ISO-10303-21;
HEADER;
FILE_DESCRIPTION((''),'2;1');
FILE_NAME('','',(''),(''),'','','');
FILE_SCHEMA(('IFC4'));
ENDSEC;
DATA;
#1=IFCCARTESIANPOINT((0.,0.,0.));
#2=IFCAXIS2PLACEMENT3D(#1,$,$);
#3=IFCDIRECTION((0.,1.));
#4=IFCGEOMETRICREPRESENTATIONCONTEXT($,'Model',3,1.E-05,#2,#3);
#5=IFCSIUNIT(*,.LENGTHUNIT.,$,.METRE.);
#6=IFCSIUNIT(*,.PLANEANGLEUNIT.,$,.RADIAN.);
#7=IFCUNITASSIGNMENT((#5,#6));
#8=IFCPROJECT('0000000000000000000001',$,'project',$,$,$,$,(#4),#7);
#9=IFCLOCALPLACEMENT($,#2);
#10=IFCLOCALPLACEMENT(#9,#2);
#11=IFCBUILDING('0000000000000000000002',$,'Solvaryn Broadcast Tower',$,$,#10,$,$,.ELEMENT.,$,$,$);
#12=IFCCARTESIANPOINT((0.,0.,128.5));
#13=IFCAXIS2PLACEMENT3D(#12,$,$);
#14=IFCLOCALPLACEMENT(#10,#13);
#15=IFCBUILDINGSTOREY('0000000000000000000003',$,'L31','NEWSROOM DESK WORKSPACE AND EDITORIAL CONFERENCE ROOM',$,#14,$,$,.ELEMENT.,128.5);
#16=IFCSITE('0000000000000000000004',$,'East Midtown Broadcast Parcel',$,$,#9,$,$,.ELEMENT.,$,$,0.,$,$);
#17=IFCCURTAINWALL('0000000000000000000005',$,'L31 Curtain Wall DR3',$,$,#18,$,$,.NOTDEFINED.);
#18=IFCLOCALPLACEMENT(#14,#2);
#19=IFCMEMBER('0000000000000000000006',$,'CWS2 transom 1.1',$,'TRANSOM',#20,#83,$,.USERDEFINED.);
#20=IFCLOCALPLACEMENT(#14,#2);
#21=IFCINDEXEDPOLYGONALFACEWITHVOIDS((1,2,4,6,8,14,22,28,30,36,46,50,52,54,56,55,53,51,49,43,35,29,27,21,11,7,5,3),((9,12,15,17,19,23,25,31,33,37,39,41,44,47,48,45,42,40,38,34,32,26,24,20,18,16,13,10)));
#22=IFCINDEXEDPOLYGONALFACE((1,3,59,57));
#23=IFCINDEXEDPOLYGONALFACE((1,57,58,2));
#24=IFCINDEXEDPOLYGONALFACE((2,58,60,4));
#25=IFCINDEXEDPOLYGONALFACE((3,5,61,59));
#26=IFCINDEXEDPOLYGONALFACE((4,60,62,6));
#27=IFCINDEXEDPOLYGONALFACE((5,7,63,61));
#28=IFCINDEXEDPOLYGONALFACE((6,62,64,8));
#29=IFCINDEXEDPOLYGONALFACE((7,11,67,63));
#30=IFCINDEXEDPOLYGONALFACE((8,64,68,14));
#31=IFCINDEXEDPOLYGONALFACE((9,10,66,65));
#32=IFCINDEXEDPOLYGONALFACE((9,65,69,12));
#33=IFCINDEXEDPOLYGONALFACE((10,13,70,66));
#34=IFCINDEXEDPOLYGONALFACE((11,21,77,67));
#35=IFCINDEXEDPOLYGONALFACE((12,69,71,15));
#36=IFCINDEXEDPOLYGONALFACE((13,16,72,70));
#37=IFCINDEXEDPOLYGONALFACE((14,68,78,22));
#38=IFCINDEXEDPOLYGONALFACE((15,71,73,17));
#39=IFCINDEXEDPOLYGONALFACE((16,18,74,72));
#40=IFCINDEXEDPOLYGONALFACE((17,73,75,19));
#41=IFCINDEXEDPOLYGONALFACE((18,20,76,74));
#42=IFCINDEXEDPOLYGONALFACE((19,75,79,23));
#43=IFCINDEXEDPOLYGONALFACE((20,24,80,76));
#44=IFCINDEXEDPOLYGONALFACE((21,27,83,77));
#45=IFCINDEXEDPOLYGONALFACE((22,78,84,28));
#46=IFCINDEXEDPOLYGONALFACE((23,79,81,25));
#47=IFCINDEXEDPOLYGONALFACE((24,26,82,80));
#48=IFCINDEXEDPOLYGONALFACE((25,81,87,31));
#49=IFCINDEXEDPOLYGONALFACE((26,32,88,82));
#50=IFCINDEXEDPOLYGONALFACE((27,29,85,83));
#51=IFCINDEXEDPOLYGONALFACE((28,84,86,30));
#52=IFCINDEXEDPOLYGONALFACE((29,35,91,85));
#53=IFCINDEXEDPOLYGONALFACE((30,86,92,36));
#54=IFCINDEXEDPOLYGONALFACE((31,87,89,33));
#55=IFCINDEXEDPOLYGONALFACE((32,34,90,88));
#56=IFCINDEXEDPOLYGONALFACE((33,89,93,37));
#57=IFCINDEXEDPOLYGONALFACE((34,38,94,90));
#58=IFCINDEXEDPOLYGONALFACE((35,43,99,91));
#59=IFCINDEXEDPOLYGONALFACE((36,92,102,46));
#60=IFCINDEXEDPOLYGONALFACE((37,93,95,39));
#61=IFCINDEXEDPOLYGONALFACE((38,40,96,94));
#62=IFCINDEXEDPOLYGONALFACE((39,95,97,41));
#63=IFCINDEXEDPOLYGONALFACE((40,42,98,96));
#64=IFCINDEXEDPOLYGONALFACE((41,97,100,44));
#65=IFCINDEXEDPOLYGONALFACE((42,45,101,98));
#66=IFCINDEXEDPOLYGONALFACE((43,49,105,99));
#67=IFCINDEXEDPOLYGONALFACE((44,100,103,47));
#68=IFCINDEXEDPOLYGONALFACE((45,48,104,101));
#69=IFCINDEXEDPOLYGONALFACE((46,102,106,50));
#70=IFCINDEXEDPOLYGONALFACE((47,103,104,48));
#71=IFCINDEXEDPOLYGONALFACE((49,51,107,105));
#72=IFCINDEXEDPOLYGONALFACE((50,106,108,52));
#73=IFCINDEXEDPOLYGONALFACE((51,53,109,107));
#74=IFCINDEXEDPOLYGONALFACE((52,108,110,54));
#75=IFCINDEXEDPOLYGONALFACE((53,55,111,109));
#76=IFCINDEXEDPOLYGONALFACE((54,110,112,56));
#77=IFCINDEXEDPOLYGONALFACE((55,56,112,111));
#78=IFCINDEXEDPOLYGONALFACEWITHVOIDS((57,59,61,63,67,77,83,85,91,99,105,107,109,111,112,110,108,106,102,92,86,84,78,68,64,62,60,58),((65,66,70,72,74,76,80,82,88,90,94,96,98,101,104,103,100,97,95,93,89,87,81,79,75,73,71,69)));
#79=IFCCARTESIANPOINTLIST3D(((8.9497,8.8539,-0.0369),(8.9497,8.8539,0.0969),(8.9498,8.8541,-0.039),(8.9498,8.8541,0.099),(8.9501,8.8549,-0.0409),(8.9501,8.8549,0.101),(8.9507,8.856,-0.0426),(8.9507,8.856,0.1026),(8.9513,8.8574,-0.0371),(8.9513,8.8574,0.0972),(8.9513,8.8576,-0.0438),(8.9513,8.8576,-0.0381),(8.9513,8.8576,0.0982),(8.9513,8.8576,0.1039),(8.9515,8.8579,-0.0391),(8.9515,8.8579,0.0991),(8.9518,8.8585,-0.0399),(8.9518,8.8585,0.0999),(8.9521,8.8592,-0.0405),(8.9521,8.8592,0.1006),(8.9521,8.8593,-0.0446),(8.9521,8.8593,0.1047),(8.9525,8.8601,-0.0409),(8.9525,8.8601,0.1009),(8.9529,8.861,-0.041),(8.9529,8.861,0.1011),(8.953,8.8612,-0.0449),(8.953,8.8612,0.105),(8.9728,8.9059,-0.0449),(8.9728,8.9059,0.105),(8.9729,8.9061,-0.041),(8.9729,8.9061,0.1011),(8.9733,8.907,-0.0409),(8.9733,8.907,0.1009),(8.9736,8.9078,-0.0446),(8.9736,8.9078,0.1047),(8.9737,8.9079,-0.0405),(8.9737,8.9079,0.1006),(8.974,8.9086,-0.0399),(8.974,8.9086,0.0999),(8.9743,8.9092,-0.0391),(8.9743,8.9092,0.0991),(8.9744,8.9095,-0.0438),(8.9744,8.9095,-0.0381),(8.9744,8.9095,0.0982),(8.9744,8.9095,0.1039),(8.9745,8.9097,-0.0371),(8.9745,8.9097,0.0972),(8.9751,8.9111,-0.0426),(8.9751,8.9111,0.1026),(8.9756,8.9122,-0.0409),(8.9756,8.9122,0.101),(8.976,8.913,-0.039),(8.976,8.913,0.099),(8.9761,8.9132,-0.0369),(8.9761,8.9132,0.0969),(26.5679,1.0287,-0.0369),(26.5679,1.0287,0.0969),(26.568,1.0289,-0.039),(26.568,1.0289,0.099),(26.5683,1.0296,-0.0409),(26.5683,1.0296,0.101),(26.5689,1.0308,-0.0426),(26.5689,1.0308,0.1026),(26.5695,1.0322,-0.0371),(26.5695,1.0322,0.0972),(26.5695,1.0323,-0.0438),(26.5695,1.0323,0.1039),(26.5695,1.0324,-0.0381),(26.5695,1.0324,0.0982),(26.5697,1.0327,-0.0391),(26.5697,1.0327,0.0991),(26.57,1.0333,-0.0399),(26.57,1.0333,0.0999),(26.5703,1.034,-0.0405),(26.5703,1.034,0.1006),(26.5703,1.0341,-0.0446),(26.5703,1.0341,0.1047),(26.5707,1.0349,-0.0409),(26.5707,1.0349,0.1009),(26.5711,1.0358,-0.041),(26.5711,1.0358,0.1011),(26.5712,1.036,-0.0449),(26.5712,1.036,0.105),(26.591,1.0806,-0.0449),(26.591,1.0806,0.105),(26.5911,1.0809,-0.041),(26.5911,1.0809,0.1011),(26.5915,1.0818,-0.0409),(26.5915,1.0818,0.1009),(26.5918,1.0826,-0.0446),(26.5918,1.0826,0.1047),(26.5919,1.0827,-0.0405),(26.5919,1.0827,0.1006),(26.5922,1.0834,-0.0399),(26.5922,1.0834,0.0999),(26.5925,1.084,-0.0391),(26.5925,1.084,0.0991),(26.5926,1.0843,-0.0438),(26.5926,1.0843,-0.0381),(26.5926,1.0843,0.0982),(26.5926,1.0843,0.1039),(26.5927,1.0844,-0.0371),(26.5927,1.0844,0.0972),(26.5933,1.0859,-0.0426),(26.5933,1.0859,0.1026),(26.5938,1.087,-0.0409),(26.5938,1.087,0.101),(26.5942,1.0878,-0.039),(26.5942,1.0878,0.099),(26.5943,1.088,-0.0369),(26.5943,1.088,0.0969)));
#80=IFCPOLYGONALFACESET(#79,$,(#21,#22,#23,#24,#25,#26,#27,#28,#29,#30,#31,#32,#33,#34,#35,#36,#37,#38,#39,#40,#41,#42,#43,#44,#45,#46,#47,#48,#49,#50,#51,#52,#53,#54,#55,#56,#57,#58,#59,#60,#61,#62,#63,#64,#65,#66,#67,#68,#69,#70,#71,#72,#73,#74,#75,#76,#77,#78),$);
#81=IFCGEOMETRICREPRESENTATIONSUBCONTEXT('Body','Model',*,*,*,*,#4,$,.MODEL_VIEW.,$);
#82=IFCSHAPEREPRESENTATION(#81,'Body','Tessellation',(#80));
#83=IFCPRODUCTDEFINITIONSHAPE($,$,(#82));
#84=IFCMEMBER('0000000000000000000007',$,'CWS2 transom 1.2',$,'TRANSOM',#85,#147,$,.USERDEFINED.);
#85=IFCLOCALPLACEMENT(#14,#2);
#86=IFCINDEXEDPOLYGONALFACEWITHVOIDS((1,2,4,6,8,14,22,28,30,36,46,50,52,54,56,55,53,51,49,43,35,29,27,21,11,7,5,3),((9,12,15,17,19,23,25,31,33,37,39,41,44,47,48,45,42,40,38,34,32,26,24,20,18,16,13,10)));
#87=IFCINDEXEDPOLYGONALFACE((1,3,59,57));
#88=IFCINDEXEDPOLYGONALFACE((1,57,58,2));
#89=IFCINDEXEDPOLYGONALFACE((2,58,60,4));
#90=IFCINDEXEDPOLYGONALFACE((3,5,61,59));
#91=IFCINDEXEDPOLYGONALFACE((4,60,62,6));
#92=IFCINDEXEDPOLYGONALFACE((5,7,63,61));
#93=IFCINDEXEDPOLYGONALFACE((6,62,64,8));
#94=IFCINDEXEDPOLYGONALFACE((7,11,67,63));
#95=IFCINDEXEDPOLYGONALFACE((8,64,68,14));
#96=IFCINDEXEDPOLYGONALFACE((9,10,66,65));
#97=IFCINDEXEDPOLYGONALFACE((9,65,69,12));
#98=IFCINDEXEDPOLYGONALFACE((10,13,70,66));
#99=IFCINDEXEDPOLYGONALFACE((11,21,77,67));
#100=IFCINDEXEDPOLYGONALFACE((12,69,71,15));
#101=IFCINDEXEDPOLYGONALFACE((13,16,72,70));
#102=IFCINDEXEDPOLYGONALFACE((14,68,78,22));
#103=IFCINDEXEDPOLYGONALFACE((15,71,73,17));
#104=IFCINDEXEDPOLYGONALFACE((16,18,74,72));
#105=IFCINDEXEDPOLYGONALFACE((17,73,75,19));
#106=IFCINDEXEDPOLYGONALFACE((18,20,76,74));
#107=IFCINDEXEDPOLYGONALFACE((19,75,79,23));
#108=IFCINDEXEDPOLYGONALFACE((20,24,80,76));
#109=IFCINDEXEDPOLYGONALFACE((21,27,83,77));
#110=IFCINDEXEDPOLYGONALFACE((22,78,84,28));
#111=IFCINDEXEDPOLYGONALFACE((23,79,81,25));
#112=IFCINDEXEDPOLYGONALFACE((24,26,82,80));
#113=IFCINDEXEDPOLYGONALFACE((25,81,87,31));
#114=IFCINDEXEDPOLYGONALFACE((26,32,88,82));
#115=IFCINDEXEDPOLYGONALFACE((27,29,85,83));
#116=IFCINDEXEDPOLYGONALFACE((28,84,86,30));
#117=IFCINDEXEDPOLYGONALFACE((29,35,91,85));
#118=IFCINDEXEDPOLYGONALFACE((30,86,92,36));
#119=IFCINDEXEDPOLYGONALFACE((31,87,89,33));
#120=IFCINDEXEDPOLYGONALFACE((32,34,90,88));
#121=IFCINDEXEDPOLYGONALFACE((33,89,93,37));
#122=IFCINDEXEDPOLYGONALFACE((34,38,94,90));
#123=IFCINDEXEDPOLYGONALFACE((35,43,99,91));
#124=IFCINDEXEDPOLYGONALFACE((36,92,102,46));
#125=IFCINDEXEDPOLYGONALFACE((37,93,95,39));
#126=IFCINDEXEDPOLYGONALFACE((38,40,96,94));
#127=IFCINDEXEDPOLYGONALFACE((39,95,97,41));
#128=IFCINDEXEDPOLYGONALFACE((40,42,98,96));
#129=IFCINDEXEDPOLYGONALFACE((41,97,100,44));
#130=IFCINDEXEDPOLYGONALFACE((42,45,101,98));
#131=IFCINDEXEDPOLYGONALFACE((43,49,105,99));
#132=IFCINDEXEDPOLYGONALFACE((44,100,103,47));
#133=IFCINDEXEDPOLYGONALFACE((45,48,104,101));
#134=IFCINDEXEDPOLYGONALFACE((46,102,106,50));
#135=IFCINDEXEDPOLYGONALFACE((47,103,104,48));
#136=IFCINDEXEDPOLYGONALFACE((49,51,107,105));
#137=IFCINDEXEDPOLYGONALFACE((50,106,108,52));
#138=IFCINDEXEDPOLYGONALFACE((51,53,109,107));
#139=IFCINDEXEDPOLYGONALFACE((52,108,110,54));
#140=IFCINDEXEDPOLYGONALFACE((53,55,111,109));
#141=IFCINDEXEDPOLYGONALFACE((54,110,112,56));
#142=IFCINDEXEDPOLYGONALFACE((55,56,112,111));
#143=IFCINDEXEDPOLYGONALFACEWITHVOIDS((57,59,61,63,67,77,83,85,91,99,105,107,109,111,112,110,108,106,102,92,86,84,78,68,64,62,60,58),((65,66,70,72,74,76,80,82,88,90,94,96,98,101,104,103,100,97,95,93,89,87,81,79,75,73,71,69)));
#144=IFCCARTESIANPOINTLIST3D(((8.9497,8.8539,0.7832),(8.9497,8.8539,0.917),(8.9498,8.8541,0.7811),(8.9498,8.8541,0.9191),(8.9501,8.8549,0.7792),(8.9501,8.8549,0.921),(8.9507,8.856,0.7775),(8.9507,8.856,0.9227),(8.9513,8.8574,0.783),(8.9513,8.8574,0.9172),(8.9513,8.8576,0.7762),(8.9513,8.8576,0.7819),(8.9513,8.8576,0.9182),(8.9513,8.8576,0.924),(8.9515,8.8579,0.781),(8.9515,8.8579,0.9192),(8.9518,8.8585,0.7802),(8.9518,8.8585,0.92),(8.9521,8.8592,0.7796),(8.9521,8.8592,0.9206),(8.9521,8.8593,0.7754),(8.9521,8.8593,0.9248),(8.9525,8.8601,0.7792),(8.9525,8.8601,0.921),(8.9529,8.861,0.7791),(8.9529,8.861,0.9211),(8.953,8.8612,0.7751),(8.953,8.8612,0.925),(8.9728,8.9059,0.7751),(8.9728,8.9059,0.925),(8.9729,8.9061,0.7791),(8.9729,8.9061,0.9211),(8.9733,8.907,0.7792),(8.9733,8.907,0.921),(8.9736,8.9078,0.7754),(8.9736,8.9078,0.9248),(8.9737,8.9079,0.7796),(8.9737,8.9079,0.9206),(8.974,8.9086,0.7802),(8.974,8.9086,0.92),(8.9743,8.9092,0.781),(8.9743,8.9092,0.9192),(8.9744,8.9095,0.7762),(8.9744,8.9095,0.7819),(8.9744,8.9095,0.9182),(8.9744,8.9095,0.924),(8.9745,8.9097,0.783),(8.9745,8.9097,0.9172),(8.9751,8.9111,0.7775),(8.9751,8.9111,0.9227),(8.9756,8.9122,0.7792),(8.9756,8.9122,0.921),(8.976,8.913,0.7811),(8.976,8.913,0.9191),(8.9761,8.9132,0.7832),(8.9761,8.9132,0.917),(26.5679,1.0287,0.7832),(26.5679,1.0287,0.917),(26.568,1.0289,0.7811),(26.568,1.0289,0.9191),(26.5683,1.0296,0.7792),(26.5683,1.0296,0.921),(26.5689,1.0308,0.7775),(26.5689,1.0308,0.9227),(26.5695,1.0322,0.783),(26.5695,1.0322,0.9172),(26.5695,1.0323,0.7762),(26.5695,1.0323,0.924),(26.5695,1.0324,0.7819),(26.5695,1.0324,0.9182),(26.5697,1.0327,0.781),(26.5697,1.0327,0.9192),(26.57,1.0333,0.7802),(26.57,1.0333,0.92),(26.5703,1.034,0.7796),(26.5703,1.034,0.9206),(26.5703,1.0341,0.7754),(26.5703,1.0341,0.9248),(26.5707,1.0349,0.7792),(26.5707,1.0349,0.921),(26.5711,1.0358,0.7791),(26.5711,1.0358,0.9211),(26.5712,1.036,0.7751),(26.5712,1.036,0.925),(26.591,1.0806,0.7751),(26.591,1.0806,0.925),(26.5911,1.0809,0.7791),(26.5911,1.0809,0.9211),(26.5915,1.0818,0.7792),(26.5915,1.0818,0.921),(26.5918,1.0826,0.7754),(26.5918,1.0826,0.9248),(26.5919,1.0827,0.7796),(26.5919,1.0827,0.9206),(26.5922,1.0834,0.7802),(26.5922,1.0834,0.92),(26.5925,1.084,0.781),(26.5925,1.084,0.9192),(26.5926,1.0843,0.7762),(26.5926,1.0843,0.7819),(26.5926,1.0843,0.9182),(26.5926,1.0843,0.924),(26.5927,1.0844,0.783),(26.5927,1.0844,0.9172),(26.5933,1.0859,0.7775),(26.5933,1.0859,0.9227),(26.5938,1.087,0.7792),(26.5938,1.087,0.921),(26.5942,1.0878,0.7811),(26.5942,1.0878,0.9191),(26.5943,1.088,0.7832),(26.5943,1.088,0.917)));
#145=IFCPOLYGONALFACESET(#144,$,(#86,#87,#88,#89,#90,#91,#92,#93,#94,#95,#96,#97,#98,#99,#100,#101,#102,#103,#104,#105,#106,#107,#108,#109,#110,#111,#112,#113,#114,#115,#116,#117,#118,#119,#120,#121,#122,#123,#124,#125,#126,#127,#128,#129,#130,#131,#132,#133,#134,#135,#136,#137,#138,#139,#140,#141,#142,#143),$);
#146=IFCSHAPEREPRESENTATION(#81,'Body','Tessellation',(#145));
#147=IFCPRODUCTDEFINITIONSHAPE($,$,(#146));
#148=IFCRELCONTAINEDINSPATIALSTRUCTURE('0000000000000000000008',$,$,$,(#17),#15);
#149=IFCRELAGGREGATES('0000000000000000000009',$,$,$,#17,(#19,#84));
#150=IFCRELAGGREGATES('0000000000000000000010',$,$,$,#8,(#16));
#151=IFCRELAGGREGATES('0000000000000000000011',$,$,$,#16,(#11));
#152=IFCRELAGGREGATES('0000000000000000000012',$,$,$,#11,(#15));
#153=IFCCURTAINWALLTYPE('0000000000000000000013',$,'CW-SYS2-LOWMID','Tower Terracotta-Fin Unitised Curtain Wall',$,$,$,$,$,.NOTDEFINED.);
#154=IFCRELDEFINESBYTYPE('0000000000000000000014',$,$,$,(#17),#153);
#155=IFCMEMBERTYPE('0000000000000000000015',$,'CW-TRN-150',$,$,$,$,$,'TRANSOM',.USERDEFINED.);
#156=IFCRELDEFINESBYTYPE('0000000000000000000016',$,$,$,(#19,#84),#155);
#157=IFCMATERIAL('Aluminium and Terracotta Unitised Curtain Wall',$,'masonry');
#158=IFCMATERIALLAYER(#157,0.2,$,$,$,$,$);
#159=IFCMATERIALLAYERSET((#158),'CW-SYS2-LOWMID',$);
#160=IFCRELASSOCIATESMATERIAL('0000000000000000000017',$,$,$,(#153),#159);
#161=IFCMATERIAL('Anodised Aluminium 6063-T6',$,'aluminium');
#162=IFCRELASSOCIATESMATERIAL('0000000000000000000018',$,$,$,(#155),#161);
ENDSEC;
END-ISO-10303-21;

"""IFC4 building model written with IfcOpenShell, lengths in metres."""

from ifc_helpers import new_model, si_unit, direction, frame, origin, origin_2d, place, context, subcontext, project, spatial, hollow_rectangle, extrude, material, layer, layer_set, material_profile, profile_set, type_object, element, aggregate, save


model = new_model("IFC4")

# Units and contexts
model_context = context("Model", 3, precision=1e-05, world=origin(), true_north=direction((0.0, 1.0)))
body_context = subcontext(model_context, "Body", "Model", "MODEL_VIEW")
ifc_project = project(units=[si_unit("LENGTHUNIT", "METRE"), si_unit("PLANEANGLEUNIT", "RADIAN")], contexts=[model_context])

# Site, building, storey
site_placement = place(None, origin())
site = spatial("IfcSite", under=ifc_project, at=site_placement, Name="East Midtown Broadcast Parcel", CompositionType="ELEMENT", RefElevation=0.0)
building_placement = place(site_placement, origin())
building = spatial("IfcBuilding", under=site, at=building_placement, Name="Solvaryn Broadcast Tower", CompositionType="ELEMENT")
storey_placement = place(building_placement, frame((0.0, 0.0, 128.5)))
storey = spatial("IfcBuildingStorey", under=building, at=storey_placement, Name="L31", Description="NEWSROOM DESK WORKSPACE AND EDITORIAL CONFERENCE ROOM", CompositionType="ELEMENT", Elevation=128.5)

# Curtain wall, members
ifc_material_1 = material(Name="Aluminium and Terracotta Unitised Curtain Wall", Category="masonry")
ifc_layer_1 = layer(ifc_material_1, 0.2)
ifc_layer_set_1 = layer_set([ifc_layer_1], Name="CW-SYS2-LOWMID")
curtain_wall_type_1 = type_object("IfcCurtainWallType", Name="CW-SYS2-LOWMID", Description="Tower Terracotta-Fin Unitised Curtain Wall", PredefinedType="NOTDEFINED", material=ifc_layer_set_1)
curtain_wall_1_placement = place(storey_placement, origin())
curtain_wall_1 = element("IfcCurtainWall", 1, at=curtain_wall_1_placement, inside=storey, type_object=curtain_wall_type_1, Name="L31 Curtain Wall DR3", PredefinedType="NOTDEFINED")
ifc_material_2 = material(Name="Anodised Aluminium 6063-T6", Category="aluminium")
ifc_material_profile_1 = material_profile(ifc_material_2, hollow_rectangle(XDim=0.0649, YDim=0.1499, WallThickness=0.0039, InnerFilletRadius=0.0039, OuterFilletRadius=0.0081, at=origin_2d()))
ifc_profile_set_1 = profile_set([ifc_material_profile_1], Name="Anodised Aluminium 6063-T6")
member_type_1 = type_object("IfcMemberType", Name="CW-TRN-150", ElementType="TRANSOM", PredefinedType="USERDEFINED", material=ifc_profile_set_1)
member_1_placement = place(storey_placement, frame((8.9629, 8.8835, 0.03), z_axis=(0.91391, -0.405918, 0.0), x_axis=(0.405918, 0.91391, 0.0)))
member_1 = element("IfcMember", 2, at=member_1_placement, type_object=member_type_1, Name="CWS2 transom 1.1", ObjectType="TRANSOM", PredefinedType="USERDEFINED", context=body_context, shape_type="SweptSolid", body=[
    extrude(hollow_rectangle(XDim=0.0649, YDim=0.1499, WallThickness=0.0039, InnerFilletRadius=0.0039, OuterFilletRadius=0.0081, at=origin_2d()), origin(), (0.0, 0.0, 1.0), 19.2778),
])
member_2_placement = place(storey_placement, frame((8.9629, 8.8835, 0.8501), z_axis=(0.91391, -0.405918, 0.0), x_axis=(0.405918, 0.91391, 0.0)))
member_2 = element("IfcMember", 3, at=member_2_placement, type_object=member_type_1, Name="CWS2 transom 1.2", ObjectType="TRANSOM", PredefinedType="USERDEFINED", context=body_context, shape_type="SweptSolid", body=[
    extrude(hollow_rectangle(XDim=0.0649, YDim=0.1499, WallThickness=0.0039, InnerFilletRadius=0.0039, OuterFilletRadius=0.0081, at=origin_2d()), origin(), (0.0, 0.0, 1.0), 19.2778),
])
aggregate(curtain_wall_1, [member_1, member_2])

save(model, "model.ifc")
